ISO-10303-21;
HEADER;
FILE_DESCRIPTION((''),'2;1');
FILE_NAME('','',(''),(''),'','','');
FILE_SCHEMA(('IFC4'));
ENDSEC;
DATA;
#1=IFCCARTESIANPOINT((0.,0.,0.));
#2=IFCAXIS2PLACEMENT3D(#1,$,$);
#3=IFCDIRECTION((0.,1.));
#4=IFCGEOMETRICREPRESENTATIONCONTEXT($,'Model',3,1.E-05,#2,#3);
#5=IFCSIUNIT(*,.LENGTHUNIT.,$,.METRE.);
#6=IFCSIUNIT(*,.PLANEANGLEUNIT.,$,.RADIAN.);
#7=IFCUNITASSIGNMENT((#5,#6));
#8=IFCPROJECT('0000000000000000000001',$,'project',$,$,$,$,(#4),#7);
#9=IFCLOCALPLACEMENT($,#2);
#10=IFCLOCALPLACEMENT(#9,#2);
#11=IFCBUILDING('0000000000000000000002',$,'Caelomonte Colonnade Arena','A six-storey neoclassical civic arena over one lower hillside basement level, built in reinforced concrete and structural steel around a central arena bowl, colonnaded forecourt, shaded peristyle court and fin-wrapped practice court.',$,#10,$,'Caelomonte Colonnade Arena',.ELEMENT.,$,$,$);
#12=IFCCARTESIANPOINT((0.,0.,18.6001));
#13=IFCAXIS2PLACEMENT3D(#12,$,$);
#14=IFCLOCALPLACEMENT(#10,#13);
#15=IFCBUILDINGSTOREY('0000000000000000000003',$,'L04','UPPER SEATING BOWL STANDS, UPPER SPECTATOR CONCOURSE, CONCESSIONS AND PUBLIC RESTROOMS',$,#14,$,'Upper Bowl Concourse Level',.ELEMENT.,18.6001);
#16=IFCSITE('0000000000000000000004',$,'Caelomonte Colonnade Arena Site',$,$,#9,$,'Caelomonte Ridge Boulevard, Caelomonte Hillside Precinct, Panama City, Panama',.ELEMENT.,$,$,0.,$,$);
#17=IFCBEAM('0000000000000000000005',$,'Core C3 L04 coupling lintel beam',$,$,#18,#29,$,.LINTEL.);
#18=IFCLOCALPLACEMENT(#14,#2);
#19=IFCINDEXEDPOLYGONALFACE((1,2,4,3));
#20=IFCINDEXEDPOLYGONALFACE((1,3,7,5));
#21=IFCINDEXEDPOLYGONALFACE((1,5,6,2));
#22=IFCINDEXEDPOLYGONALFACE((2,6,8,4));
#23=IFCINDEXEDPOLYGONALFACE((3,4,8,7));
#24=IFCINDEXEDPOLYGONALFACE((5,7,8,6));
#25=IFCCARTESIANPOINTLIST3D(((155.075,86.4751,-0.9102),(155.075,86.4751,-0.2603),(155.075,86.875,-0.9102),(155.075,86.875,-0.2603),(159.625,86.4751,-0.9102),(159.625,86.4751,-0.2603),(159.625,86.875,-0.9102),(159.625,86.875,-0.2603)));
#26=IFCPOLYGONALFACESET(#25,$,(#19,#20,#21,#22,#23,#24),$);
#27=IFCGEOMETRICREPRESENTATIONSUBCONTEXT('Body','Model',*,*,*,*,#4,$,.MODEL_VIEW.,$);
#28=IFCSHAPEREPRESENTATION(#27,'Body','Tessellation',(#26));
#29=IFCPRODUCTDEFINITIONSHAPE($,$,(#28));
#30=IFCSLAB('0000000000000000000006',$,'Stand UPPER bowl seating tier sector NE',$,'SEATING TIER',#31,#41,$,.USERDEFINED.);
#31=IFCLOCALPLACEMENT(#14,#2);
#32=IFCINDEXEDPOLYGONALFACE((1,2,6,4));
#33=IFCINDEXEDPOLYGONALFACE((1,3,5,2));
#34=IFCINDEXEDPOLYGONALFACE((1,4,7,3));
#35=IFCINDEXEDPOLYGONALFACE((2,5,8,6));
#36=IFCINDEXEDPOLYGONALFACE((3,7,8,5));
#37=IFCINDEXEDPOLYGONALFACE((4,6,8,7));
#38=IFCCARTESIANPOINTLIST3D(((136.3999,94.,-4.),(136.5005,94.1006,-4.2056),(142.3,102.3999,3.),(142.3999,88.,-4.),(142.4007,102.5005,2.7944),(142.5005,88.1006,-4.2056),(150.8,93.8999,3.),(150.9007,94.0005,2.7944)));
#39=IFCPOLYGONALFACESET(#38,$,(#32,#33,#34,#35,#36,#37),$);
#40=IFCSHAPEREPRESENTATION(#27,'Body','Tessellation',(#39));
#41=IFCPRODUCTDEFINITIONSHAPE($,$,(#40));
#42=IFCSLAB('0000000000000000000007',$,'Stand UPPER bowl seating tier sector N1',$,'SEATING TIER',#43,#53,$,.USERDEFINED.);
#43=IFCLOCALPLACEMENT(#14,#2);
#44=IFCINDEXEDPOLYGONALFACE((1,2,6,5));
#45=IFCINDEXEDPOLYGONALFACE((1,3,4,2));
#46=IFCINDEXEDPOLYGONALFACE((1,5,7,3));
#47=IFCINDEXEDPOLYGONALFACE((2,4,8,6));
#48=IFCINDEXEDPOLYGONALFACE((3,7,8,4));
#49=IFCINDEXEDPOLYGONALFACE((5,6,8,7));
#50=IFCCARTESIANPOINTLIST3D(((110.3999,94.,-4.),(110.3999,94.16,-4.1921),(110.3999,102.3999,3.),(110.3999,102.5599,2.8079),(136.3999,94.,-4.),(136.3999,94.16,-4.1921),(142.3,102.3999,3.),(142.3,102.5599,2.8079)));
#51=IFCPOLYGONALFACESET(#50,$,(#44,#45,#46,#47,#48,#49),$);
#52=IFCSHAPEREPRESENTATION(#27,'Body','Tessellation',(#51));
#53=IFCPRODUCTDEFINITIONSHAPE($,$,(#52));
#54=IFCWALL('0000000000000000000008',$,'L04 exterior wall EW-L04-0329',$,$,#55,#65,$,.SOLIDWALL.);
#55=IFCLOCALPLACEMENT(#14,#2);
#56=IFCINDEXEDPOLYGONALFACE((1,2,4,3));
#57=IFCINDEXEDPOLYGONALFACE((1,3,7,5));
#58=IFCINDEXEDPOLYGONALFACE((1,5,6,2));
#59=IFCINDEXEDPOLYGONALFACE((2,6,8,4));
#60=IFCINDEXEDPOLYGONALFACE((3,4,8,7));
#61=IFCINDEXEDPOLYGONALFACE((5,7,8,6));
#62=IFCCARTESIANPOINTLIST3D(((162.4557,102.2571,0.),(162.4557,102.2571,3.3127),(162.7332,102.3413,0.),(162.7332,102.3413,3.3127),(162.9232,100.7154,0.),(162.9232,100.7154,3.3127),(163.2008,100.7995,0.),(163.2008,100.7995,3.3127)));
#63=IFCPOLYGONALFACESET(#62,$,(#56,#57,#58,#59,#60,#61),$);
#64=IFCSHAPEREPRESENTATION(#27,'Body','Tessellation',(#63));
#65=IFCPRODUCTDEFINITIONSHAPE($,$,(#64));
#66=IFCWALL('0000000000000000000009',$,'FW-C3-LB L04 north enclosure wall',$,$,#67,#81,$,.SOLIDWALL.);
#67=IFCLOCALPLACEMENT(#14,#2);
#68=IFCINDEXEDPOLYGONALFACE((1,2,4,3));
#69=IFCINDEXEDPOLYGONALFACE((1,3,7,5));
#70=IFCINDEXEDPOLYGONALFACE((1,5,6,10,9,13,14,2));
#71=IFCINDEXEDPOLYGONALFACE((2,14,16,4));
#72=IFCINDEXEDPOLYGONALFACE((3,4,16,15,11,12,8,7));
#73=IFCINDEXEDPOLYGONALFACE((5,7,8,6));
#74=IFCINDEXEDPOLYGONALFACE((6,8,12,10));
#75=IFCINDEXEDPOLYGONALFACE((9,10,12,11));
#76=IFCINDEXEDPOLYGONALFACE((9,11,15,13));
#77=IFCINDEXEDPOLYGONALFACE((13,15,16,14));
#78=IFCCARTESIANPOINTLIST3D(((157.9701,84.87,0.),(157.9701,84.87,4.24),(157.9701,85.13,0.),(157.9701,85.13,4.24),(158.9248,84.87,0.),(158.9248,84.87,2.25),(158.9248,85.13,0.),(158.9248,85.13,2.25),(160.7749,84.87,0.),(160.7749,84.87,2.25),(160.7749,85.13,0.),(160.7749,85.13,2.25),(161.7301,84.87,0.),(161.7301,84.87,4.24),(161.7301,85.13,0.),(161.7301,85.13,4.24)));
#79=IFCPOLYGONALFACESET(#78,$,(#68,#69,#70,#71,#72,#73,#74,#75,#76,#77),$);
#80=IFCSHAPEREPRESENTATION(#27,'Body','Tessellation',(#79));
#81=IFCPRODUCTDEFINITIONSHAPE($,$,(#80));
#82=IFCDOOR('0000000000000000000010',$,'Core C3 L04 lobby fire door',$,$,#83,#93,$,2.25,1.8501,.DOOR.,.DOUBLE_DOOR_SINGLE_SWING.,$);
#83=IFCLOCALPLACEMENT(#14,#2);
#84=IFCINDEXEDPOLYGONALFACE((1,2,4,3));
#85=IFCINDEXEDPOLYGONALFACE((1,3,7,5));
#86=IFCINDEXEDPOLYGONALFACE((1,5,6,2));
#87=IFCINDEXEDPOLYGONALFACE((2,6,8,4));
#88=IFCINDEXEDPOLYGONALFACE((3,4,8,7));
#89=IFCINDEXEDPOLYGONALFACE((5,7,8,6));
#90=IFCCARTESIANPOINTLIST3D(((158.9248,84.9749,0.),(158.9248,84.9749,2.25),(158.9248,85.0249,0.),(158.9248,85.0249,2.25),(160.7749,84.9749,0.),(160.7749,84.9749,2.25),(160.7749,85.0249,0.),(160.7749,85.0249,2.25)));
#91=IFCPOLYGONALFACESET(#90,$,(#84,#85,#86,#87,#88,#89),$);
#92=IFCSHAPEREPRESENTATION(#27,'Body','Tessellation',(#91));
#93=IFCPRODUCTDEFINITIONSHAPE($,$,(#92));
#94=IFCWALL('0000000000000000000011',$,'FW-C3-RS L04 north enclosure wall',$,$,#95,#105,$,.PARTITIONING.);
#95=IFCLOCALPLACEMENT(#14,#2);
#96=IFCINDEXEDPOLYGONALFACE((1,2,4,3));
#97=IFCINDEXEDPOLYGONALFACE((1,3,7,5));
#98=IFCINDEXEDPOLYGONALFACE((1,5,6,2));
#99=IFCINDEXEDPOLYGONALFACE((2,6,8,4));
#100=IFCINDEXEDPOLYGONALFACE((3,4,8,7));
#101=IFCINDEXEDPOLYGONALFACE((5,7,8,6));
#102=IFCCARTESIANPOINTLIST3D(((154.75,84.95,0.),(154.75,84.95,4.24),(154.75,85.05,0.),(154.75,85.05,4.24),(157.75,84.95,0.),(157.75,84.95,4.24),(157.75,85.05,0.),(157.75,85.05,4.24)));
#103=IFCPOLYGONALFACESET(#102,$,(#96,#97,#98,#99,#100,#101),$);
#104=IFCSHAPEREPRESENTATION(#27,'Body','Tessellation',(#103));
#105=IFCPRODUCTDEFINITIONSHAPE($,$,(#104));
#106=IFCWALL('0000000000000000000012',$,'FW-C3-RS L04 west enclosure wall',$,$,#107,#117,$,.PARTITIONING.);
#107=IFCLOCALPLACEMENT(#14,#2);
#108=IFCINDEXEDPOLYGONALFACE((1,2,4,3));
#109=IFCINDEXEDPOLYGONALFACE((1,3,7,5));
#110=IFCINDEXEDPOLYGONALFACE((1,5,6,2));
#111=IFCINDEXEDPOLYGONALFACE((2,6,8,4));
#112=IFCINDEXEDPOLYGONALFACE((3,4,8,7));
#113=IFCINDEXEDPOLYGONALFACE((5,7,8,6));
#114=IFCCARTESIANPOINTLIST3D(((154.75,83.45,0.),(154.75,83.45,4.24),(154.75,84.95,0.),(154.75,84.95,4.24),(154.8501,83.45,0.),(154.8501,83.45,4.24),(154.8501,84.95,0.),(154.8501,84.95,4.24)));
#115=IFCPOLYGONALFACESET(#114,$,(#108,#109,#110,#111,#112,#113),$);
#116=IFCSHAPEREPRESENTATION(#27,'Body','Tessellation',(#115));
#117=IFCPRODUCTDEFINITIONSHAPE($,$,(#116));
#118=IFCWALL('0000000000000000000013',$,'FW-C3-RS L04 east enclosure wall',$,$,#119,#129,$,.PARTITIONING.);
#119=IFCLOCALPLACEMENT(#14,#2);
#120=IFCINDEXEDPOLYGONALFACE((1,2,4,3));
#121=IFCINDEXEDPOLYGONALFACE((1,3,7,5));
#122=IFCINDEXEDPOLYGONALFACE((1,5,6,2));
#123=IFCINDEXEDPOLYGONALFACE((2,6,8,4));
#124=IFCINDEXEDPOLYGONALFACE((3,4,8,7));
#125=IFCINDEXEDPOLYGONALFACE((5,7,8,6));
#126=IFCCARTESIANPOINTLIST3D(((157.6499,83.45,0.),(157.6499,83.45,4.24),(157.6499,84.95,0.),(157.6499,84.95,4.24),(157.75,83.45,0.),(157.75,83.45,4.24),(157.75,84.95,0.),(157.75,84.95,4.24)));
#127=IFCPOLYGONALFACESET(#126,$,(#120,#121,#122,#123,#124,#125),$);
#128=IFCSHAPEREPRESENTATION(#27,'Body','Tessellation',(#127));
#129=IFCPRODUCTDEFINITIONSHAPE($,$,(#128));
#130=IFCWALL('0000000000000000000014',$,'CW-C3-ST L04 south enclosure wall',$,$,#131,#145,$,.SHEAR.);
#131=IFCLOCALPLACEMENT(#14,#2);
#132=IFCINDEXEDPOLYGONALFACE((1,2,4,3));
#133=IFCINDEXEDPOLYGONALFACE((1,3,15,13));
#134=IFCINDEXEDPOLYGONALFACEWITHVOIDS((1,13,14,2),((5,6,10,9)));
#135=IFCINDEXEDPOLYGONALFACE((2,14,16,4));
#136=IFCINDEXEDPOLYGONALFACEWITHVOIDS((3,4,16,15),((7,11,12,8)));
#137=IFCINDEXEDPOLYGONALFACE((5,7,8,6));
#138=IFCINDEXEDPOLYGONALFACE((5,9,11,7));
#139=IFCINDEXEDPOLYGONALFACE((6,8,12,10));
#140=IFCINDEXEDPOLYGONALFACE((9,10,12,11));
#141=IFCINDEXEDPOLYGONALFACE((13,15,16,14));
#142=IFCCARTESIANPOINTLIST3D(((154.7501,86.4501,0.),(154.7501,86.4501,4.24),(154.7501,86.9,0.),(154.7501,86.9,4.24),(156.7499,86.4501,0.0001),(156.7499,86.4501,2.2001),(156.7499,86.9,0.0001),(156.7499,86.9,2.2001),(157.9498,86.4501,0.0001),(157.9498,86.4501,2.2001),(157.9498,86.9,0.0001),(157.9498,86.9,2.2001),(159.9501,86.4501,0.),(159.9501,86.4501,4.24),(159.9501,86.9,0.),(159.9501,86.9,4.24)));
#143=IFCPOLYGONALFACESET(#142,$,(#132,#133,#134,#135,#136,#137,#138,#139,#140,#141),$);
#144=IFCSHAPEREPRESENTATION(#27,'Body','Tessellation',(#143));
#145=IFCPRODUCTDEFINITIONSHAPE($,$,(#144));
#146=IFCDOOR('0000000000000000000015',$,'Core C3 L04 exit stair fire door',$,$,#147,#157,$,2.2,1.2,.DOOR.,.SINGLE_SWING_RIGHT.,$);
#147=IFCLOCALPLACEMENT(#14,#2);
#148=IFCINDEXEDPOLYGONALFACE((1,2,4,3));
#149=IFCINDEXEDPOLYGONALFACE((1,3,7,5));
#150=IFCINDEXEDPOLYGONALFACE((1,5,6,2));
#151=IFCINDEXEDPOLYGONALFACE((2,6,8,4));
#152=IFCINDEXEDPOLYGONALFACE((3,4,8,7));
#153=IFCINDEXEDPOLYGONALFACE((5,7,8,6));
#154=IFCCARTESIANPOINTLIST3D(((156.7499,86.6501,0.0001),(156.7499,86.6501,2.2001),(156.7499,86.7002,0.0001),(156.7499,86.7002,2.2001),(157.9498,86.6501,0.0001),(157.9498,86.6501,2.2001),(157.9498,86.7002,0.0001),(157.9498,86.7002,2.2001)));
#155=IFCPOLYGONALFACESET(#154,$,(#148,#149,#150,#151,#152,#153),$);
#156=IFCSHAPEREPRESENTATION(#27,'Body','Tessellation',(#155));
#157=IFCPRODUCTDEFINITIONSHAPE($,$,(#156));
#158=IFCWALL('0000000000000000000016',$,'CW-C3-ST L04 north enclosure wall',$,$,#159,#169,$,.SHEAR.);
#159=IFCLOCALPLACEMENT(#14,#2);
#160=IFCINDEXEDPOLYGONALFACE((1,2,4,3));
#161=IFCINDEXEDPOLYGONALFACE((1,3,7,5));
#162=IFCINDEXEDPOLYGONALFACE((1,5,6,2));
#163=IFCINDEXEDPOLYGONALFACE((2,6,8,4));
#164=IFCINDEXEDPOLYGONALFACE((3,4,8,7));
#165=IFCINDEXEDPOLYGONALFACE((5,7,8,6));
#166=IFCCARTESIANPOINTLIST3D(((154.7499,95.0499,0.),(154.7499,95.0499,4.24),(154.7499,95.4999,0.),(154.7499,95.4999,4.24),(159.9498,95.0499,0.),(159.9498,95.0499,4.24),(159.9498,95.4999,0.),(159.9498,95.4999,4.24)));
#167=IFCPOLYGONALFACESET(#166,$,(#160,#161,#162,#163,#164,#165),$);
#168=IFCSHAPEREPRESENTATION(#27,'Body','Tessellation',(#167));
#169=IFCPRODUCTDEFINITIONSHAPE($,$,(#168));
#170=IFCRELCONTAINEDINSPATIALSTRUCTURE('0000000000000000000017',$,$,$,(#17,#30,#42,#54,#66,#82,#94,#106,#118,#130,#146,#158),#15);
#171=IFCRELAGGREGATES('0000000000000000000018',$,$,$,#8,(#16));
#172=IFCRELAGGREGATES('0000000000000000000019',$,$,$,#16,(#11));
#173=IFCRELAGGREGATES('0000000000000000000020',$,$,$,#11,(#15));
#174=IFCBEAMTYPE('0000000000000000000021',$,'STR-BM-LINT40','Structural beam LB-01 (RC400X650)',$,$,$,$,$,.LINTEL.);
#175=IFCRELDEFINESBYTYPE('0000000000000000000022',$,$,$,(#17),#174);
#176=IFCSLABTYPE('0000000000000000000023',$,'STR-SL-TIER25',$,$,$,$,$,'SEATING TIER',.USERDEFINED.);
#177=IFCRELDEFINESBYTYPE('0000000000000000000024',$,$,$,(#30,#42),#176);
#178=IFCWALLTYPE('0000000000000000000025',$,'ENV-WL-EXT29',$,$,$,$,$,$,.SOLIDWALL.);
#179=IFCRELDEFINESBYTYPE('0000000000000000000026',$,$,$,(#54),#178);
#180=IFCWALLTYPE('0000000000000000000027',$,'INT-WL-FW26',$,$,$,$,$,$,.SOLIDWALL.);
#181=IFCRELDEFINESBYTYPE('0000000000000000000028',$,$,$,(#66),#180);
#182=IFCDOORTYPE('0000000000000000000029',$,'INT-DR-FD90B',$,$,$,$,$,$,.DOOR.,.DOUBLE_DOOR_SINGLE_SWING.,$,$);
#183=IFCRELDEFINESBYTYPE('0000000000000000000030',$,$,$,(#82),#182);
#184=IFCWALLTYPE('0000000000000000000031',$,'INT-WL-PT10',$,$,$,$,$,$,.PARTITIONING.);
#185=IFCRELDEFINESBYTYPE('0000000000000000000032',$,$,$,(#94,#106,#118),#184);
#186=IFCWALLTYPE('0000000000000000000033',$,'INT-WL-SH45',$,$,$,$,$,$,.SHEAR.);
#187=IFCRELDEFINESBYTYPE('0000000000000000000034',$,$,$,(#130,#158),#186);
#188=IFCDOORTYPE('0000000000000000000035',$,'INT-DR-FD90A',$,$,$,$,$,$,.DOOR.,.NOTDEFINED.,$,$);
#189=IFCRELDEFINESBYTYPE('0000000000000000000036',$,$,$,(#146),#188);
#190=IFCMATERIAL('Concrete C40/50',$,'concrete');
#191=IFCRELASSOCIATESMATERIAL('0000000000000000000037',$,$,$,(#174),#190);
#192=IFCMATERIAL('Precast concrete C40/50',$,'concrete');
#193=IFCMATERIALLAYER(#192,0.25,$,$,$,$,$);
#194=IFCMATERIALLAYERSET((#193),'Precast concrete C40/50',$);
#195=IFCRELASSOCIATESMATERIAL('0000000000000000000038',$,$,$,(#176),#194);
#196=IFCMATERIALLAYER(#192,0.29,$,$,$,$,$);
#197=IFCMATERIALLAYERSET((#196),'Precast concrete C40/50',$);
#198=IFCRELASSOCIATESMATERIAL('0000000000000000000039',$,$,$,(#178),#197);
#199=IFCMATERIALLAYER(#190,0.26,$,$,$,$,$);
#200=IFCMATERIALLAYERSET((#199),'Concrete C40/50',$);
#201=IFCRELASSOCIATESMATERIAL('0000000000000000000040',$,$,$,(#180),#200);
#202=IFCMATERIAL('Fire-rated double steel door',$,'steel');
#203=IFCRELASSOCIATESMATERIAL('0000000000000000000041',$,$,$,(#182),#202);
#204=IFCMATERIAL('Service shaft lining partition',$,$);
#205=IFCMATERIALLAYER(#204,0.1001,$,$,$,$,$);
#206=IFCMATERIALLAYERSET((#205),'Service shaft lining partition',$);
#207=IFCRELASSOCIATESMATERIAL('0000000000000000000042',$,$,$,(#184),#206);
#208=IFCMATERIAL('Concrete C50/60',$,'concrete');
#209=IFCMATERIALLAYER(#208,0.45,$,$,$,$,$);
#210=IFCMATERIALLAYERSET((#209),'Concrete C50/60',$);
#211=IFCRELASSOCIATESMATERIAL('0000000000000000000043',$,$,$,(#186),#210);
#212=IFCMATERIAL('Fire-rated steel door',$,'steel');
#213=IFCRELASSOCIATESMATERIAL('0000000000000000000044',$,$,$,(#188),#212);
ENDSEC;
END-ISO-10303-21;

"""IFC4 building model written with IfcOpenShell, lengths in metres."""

from ifc_helpers import new_model, si_unit, direction, frame, frame_2d, origin, origin_2d, place, context, subcontext, project, spatial, polyline, rectangle, outline, extrude, material, layer, layer_set, material_profile, profile_set, type_object, element, fill, save


model = new_model("IFC4")

# Units and contexts
model_context = context("Model", 3, precision=1e-05, world=origin(), true_north=direction((0.0, 1.0)))
body_context = subcontext(model_context, "Body", "Model", "MODEL_VIEW")
ifc_project = project(units=[si_unit("LENGTHUNIT", "METRE"), si_unit("PLANEANGLEUNIT", "RADIAN")], contexts=[model_context])

# Site, building, storey
site_placement = place(None, origin())
site = spatial("IfcSite", under=ifc_project, at=site_placement, Name="Caelomonte Colonnade Arena Site", LongName="Caelomonte Ridge Boulevard, Caelomonte Hillside Precinct, Panama City, Panama", CompositionType="ELEMENT", RefElevation=0.0)
building_placement = place(site_placement, origin())
building = spatial("IfcBuilding", under=site, at=building_placement, Name="Caelomonte Colonnade Arena", Description="A six-storey neoclassical civic arena over one lower hillside basement level, built in reinforced concrete and structural steel around a central arena bowl, colonnaded forecourt, shaded peristyle court and fin-wrapped practice court.", LongName="Caelomonte Colonnade Arena", CompositionType="ELEMENT")
storey_placement = place(building_placement, frame((0.0, 0.0, 18.6001)))
storey = spatial("IfcBuildingStorey", under=building, at=storey_placement, Name="L04", Description="UPPER SEATING BOWL STANDS, UPPER SPECTATOR CONCOURSE, CONCESSIONS AND PUBLIC RESTROOMS", LongName="Upper Bowl Concourse Level", CompositionType="ELEMENT", Elevation=18.6001)

# Shared definitions
ifc_material_1 = material(Name="Concrete C40/50", Category="concrete")

# Beam
ifc_material_profile_1 = material_profile(ifc_material_1, rectangle(XDim=0.3999, YDim=0.6499, at=origin_2d()), Name="RC400X650")
ifc_profile_set_1 = profile_set([ifc_material_profile_1], Name="Concrete C40/50")
beam_type_1 = type_object("IfcBeamType", Name="STR-BM-LINT40", Description="Structural beam LB-01 (RC400X650)", PredefinedType="LINTEL", material=ifc_profile_set_1)
beam_1_placement = place(storey_placement, frame((155.075, 86.675, -0.5852), z_axis=(1.0, 0.0, 0.0), x_axis=(0.0, 1.0, 0.0)))
element("IfcBeam", 1, at=beam_1_placement, inside=storey, type_object=beam_type_1, Name="Core C3 L04 coupling lintel beam", PredefinedType="LINTEL", context=body_context, shape_type="SweptSolid", body=[
    extrude(rectangle(XDim=0.3999, YDim=0.6499, at=origin_2d()), origin(), (0.0, 0.0, 1.0), 4.55),
])

# Slabs
ifc_material_2 = material(Name="Precast concrete C40/50", Category="concrete")
ifc_layer_1 = layer(ifc_material_2, 0.25)
ifc_layer_set_1 = layer_set([ifc_layer_1], Name="Precast concrete C40/50")
slab_type = type_object("IfcSlabType", Name="STR-SL-TIER25", ElementType="SEATING TIER", PredefinedType="USERDEFINED", material=ifc_layer_set_1)
slab_1_placement = place(storey_placement, frame((142.3999, 88.0, -4.0), z_axis=(-0.402477, -0.402477, 0.822207), x_axis=(-0.707107, 0.707107, 0.0)))
element("IfcSlab", 2, at=slab_1_placement, inside=storey, type_object=slab_type, Name="Stand UPPER bowl seating tier sector NE", ObjectType="SEATING TIER", PredefinedType="USERDEFINED", context=body_context, shape_type="SweptSolid", body=[
    extrude(outline(polyline([(0.0, 0.0), (8.4853, 0.0), (10.2529, -12.2982), (-1.7679, -12.2982), (0.0, 0.0)])), origin(), (0.0, 0.0, -1.0), 0.25),
])
slab_2_placement = place(storey_placement, frame((136.3999, 94.0, -4.0), z_axis=(0.0, -0.640189, 0.768218), x_axis=(-1.0, 0.0, 0.0)))
element("IfcSlab", 3, at=slab_2_placement, inside=storey, type_object=slab_type, Name="Stand UPPER bowl seating tier sector N1", ObjectType="SEATING TIER", PredefinedType="USERDEFINED", context=body_context, shape_type="SweptSolid", body=[
    extrude(outline(polyline([(0.0, 0.0), (26.0, 0.0), (26.0, -10.9343), (-5.9001, -10.9343), (0.0, 0.0)])), origin(), (0.0, 0.0, -1.0), 0.25),
])

# Wall
ifc_layer_2 = layer(ifc_material_2, 0.29)
ifc_layer_set_2 = layer_set([ifc_layer_2], Name="Precast concrete C40/50")
wall_type_1 = type_object("IfcWallType", Name="ENV-WL-EXT29", PredefinedType="SOLIDWALL", material=ifc_layer_set_2)
wall_1_placement = place(storey_placement, frame((163.062, 100.7573, 0.0), z_axis=(0.0, 0.0, 1.0), x_axis=(-0.290197, 0.956967, 0.0)))
element("IfcWall", 4, at=wall_1_placement, inside=storey, type_object=wall_type_1, Name="L04 exterior wall EW-L04-0329", PredefinedType="SOLIDWALL", context=body_context, shape_type="SweptSolid", body=[
    extrude(rectangle(XDim=1.6111, YDim=0.29, at=frame_2d((0.8057, 0.0))), origin(), (0.0, 0.0, 1.0), 3.3127),
])

# Wall, opening, door
ifc_layer_3 = layer(ifc_material_1, 0.26)
ifc_layer_set_3 = layer_set([ifc_layer_3], Name="Concrete C40/50")
wall_type_2 = type_object("IfcWallType", Name="INT-WL-FW26", PredefinedType="SOLIDWALL", material=ifc_layer_set_3)
wall_2_placement = place(storey_placement, frame((161.73, 85.0, 0.0), z_axis=(0.0, 0.0, 1.0), x_axis=(-1.0, 0.0, 0.0)))
wall_2 = element("IfcWall", 5, at=wall_2_placement, inside=storey, type_object=wall_type_2, Name="FW-C3-LB L04 north enclosure wall", PredefinedType="SOLIDWALL", context=body_context, shape_type="SweptSolid", body=[
    extrude(rectangle(XDim=3.76, YDim=0.26, at=frame_2d((1.8799, 0.0))), origin(), (0.0, 0.0, 1.0), 4.24),
])
opening_1_placement = place(wall_2_placement, frame((2.8052, 0.0, 0.0), z_axis=(0.0, 0.0, 1.0), x_axis=(-1.0, 0.0, 0.0)))
opening_1 = element("IfcOpeningElement", 6, at=opening_1_placement, cuts=wall_2, PredefinedType="OPENING", context=body_context, shape_type="SweptSolid", body=[
    extrude(rectangle(XDim=1.8501, YDim=2.25, at=frame_2d((0.925, 1.125))), frame((0.0, 0.1399, 0.0), z_axis=(0.0, -1.0, 0.0), x_axis=(1.0, 0.0, 0.0)), (0.0, 0.0, 1.0), 0.28),
])
ifc_material_3 = material(Name="Fire-rated double steel door", Category="steel")
door_type_1 = type_object("IfcDoorType", Name="INT-DR-FD90B", OperationType="DOUBLE_DOOR_SINGLE_SWING", PredefinedType="DOOR", material=ifc_material_3)
door_1_placement = place(opening_1_placement, origin())
door_1 = element("IfcDoor", 7, at=door_1_placement, inside=storey, type_object=door_type_1, Name="Core C3 L04 lobby fire door", OperationType="DOUBLE_DOOR_SINGLE_SWING", OverallHeight=2.25, OverallWidth=1.8501, PredefinedType="DOOR", context=body_context, shape_type="SweptSolid", body=[
    extrude(rectangle(XDim=1.8501, YDim=2.25, at=frame_2d((0.925, 1.125))), frame((0.0, 0.0249, 0.0), z_axis=(0.0, -1.0, 0.0), x_axis=(1.0, 0.0, 0.0)), (0.0, 0.0, 1.0), 0.05),
])
fill(opening_1, door_1)

# Walls
ifc_material_4 = material(Name="Service shaft lining partition")
ifc_layer_4 = layer(ifc_material_4, 0.1001)
ifc_layer_set_4 = layer_set([ifc_layer_4], Name="Service shaft lining partition")
wall_type_3 = type_object("IfcWallType", Name="INT-WL-PT10", PredefinedType="PARTITIONING", material=ifc_layer_set_4)
wall_3_placement = place(storey_placement, frame((157.75, 85.0, 0.0), z_axis=(0.0, 0.0, 1.0), x_axis=(-1.0, 0.0, 0.0)))
element("IfcWall", 8, at=wall_3_placement, inside=storey, type_object=wall_type_3, Name="FW-C3-RS L04 north enclosure wall", PredefinedType="PARTITIONING", context=body_context, shape_type="SweptSolid", body=[
    extrude(rectangle(XDim=3.0, YDim=0.1001, at=frame_2d((1.5, 0.0))), origin(), (0.0, 0.0, 1.0), 4.24),
])
for number, where, z_axis, x_axis, name in (
    (9, (154.8, 84.95, 0.0), (0.0, 0.0, 1.0), (0.0, -1.0, 0.0), "FW-C3-RS L04 west enclosure wall"),
    (10, (157.7, 83.45, 0.0), (0.0, 0.0, 1.0), (0.0, 1.0, 0.0), "FW-C3-RS L04 east enclosure wall"),
):
    element("IfcWall", number, at=place(storey_placement, frame(where, z_axis=z_axis, x_axis=x_axis)), inside=storey, type_object=wall_type_3, Name=name, PredefinedType="PARTITIONING", context=body_context, shape_type="SweptSolid", body=[
        extrude(rectangle(XDim=1.5, YDim=0.1001, at=frame_2d((0.75, 0.0))), origin(), (0.0, 0.0, 1.0), 4.24),
    ])

# Wall, opening, door
ifc_material_5 = material(Name="Concrete C50/60", Category="concrete")
ifc_layer_5 = layer(ifc_material_5, 0.45)
ifc_layer_set_5 = layer_set([ifc_layer_5], Name="Concrete C50/60")
wall_type_4 = type_object("IfcWallType", Name="INT-WL-SH45", PredefinedType="SHEAR", material=ifc_layer_set_5)
wall_4_placement = place(storey_placement, frame((154.75, 86.675, 0.0), z_axis=(0.0, 0.0, 1.0), x_axis=(1.0, 0.0, 0.0)))
wall_4 = element("IfcWall", 11, at=wall_4_placement, inside=storey, type_object=wall_type_4, Name="CW-C3-ST L04 south enclosure wall", PredefinedType="SHEAR", context=body_context, shape_type="SweptSolid", body=[
    extrude(rectangle(XDim=5.2, YDim=0.45, at=frame_2d((2.6001, 0.0))), origin(), (0.0, 0.0, 1.0), 4.24),
])
opening_2_placement = place(wall_4_placement, frame((3.2, 0.0, 0.0), z_axis=(0.0, 0.0, 1.0), x_axis=(-1.0, 0.0, 0.0)))
opening_2 = element("IfcOpeningElement", 12, at=opening_2_placement, cuts=wall_4, PredefinedType="OPENING", context=body_context, shape_type="SweptSolid", body=[
    extrude(rectangle(XDim=1.2, YDim=2.2, at=frame_2d((0.6001, 1.1001))), frame((0.0, 0.2349, 0.0), z_axis=(0.0, -1.0, 0.0), x_axis=(1.0, 0.0, 0.0)), (0.0, 0.0, 1.0), 0.47),
])
ifc_material_6 = material(Name="Fire-rated steel door", Category="steel")
door_type_2 = type_object("IfcDoorType", Name="INT-DR-FD90A", OperationType="NOTDEFINED", PredefinedType="DOOR", material=ifc_material_6)
door_2_placement = place(opening_2_placement, origin())
door_2 = element("IfcDoor", 13, at=door_2_placement, inside=storey, type_object=door_type_2, Name="Core C3 L04 exit stair fire door", OperationType="SINGLE_SWING_RIGHT", OverallHeight=2.2, OverallWidth=1.2, PredefinedType="DOOR", context=body_context, shape_type="SweptSolid", body=[
    extrude(rectangle(XDim=1.2, YDim=2.2, at=frame_2d((0.6001, 1.1001))), frame((0.0, 0.0249, 0.0), z_axis=(0.0, -1.0, 0.0), x_axis=(1.0, 0.0, 0.0)), (0.0, 0.0, 1.0), 0.05),
])
fill(opening_2, door_2)

# Wall
wall_5_placement = place(storey_placement, frame((159.95, 95.2749, 0.0), z_axis=(0.0, 0.0, 1.0), x_axis=(-1.0, 0.0, 0.0)))
element("IfcWall", 14, at=wall_5_placement, inside=storey, type_object=wall_type_4, Name="CW-C3-ST L04 north enclosure wall", PredefinedType="SHEAR", context=body_context, shape_type="SweptSolid", body=[
    extrude(rectangle(XDim=5.2, YDim=0.45, at=frame_2d((2.6001, 0.0))), origin(), (0.0, 0.0, 1.0), 4.24),
])

save(model, "model.ifc")
